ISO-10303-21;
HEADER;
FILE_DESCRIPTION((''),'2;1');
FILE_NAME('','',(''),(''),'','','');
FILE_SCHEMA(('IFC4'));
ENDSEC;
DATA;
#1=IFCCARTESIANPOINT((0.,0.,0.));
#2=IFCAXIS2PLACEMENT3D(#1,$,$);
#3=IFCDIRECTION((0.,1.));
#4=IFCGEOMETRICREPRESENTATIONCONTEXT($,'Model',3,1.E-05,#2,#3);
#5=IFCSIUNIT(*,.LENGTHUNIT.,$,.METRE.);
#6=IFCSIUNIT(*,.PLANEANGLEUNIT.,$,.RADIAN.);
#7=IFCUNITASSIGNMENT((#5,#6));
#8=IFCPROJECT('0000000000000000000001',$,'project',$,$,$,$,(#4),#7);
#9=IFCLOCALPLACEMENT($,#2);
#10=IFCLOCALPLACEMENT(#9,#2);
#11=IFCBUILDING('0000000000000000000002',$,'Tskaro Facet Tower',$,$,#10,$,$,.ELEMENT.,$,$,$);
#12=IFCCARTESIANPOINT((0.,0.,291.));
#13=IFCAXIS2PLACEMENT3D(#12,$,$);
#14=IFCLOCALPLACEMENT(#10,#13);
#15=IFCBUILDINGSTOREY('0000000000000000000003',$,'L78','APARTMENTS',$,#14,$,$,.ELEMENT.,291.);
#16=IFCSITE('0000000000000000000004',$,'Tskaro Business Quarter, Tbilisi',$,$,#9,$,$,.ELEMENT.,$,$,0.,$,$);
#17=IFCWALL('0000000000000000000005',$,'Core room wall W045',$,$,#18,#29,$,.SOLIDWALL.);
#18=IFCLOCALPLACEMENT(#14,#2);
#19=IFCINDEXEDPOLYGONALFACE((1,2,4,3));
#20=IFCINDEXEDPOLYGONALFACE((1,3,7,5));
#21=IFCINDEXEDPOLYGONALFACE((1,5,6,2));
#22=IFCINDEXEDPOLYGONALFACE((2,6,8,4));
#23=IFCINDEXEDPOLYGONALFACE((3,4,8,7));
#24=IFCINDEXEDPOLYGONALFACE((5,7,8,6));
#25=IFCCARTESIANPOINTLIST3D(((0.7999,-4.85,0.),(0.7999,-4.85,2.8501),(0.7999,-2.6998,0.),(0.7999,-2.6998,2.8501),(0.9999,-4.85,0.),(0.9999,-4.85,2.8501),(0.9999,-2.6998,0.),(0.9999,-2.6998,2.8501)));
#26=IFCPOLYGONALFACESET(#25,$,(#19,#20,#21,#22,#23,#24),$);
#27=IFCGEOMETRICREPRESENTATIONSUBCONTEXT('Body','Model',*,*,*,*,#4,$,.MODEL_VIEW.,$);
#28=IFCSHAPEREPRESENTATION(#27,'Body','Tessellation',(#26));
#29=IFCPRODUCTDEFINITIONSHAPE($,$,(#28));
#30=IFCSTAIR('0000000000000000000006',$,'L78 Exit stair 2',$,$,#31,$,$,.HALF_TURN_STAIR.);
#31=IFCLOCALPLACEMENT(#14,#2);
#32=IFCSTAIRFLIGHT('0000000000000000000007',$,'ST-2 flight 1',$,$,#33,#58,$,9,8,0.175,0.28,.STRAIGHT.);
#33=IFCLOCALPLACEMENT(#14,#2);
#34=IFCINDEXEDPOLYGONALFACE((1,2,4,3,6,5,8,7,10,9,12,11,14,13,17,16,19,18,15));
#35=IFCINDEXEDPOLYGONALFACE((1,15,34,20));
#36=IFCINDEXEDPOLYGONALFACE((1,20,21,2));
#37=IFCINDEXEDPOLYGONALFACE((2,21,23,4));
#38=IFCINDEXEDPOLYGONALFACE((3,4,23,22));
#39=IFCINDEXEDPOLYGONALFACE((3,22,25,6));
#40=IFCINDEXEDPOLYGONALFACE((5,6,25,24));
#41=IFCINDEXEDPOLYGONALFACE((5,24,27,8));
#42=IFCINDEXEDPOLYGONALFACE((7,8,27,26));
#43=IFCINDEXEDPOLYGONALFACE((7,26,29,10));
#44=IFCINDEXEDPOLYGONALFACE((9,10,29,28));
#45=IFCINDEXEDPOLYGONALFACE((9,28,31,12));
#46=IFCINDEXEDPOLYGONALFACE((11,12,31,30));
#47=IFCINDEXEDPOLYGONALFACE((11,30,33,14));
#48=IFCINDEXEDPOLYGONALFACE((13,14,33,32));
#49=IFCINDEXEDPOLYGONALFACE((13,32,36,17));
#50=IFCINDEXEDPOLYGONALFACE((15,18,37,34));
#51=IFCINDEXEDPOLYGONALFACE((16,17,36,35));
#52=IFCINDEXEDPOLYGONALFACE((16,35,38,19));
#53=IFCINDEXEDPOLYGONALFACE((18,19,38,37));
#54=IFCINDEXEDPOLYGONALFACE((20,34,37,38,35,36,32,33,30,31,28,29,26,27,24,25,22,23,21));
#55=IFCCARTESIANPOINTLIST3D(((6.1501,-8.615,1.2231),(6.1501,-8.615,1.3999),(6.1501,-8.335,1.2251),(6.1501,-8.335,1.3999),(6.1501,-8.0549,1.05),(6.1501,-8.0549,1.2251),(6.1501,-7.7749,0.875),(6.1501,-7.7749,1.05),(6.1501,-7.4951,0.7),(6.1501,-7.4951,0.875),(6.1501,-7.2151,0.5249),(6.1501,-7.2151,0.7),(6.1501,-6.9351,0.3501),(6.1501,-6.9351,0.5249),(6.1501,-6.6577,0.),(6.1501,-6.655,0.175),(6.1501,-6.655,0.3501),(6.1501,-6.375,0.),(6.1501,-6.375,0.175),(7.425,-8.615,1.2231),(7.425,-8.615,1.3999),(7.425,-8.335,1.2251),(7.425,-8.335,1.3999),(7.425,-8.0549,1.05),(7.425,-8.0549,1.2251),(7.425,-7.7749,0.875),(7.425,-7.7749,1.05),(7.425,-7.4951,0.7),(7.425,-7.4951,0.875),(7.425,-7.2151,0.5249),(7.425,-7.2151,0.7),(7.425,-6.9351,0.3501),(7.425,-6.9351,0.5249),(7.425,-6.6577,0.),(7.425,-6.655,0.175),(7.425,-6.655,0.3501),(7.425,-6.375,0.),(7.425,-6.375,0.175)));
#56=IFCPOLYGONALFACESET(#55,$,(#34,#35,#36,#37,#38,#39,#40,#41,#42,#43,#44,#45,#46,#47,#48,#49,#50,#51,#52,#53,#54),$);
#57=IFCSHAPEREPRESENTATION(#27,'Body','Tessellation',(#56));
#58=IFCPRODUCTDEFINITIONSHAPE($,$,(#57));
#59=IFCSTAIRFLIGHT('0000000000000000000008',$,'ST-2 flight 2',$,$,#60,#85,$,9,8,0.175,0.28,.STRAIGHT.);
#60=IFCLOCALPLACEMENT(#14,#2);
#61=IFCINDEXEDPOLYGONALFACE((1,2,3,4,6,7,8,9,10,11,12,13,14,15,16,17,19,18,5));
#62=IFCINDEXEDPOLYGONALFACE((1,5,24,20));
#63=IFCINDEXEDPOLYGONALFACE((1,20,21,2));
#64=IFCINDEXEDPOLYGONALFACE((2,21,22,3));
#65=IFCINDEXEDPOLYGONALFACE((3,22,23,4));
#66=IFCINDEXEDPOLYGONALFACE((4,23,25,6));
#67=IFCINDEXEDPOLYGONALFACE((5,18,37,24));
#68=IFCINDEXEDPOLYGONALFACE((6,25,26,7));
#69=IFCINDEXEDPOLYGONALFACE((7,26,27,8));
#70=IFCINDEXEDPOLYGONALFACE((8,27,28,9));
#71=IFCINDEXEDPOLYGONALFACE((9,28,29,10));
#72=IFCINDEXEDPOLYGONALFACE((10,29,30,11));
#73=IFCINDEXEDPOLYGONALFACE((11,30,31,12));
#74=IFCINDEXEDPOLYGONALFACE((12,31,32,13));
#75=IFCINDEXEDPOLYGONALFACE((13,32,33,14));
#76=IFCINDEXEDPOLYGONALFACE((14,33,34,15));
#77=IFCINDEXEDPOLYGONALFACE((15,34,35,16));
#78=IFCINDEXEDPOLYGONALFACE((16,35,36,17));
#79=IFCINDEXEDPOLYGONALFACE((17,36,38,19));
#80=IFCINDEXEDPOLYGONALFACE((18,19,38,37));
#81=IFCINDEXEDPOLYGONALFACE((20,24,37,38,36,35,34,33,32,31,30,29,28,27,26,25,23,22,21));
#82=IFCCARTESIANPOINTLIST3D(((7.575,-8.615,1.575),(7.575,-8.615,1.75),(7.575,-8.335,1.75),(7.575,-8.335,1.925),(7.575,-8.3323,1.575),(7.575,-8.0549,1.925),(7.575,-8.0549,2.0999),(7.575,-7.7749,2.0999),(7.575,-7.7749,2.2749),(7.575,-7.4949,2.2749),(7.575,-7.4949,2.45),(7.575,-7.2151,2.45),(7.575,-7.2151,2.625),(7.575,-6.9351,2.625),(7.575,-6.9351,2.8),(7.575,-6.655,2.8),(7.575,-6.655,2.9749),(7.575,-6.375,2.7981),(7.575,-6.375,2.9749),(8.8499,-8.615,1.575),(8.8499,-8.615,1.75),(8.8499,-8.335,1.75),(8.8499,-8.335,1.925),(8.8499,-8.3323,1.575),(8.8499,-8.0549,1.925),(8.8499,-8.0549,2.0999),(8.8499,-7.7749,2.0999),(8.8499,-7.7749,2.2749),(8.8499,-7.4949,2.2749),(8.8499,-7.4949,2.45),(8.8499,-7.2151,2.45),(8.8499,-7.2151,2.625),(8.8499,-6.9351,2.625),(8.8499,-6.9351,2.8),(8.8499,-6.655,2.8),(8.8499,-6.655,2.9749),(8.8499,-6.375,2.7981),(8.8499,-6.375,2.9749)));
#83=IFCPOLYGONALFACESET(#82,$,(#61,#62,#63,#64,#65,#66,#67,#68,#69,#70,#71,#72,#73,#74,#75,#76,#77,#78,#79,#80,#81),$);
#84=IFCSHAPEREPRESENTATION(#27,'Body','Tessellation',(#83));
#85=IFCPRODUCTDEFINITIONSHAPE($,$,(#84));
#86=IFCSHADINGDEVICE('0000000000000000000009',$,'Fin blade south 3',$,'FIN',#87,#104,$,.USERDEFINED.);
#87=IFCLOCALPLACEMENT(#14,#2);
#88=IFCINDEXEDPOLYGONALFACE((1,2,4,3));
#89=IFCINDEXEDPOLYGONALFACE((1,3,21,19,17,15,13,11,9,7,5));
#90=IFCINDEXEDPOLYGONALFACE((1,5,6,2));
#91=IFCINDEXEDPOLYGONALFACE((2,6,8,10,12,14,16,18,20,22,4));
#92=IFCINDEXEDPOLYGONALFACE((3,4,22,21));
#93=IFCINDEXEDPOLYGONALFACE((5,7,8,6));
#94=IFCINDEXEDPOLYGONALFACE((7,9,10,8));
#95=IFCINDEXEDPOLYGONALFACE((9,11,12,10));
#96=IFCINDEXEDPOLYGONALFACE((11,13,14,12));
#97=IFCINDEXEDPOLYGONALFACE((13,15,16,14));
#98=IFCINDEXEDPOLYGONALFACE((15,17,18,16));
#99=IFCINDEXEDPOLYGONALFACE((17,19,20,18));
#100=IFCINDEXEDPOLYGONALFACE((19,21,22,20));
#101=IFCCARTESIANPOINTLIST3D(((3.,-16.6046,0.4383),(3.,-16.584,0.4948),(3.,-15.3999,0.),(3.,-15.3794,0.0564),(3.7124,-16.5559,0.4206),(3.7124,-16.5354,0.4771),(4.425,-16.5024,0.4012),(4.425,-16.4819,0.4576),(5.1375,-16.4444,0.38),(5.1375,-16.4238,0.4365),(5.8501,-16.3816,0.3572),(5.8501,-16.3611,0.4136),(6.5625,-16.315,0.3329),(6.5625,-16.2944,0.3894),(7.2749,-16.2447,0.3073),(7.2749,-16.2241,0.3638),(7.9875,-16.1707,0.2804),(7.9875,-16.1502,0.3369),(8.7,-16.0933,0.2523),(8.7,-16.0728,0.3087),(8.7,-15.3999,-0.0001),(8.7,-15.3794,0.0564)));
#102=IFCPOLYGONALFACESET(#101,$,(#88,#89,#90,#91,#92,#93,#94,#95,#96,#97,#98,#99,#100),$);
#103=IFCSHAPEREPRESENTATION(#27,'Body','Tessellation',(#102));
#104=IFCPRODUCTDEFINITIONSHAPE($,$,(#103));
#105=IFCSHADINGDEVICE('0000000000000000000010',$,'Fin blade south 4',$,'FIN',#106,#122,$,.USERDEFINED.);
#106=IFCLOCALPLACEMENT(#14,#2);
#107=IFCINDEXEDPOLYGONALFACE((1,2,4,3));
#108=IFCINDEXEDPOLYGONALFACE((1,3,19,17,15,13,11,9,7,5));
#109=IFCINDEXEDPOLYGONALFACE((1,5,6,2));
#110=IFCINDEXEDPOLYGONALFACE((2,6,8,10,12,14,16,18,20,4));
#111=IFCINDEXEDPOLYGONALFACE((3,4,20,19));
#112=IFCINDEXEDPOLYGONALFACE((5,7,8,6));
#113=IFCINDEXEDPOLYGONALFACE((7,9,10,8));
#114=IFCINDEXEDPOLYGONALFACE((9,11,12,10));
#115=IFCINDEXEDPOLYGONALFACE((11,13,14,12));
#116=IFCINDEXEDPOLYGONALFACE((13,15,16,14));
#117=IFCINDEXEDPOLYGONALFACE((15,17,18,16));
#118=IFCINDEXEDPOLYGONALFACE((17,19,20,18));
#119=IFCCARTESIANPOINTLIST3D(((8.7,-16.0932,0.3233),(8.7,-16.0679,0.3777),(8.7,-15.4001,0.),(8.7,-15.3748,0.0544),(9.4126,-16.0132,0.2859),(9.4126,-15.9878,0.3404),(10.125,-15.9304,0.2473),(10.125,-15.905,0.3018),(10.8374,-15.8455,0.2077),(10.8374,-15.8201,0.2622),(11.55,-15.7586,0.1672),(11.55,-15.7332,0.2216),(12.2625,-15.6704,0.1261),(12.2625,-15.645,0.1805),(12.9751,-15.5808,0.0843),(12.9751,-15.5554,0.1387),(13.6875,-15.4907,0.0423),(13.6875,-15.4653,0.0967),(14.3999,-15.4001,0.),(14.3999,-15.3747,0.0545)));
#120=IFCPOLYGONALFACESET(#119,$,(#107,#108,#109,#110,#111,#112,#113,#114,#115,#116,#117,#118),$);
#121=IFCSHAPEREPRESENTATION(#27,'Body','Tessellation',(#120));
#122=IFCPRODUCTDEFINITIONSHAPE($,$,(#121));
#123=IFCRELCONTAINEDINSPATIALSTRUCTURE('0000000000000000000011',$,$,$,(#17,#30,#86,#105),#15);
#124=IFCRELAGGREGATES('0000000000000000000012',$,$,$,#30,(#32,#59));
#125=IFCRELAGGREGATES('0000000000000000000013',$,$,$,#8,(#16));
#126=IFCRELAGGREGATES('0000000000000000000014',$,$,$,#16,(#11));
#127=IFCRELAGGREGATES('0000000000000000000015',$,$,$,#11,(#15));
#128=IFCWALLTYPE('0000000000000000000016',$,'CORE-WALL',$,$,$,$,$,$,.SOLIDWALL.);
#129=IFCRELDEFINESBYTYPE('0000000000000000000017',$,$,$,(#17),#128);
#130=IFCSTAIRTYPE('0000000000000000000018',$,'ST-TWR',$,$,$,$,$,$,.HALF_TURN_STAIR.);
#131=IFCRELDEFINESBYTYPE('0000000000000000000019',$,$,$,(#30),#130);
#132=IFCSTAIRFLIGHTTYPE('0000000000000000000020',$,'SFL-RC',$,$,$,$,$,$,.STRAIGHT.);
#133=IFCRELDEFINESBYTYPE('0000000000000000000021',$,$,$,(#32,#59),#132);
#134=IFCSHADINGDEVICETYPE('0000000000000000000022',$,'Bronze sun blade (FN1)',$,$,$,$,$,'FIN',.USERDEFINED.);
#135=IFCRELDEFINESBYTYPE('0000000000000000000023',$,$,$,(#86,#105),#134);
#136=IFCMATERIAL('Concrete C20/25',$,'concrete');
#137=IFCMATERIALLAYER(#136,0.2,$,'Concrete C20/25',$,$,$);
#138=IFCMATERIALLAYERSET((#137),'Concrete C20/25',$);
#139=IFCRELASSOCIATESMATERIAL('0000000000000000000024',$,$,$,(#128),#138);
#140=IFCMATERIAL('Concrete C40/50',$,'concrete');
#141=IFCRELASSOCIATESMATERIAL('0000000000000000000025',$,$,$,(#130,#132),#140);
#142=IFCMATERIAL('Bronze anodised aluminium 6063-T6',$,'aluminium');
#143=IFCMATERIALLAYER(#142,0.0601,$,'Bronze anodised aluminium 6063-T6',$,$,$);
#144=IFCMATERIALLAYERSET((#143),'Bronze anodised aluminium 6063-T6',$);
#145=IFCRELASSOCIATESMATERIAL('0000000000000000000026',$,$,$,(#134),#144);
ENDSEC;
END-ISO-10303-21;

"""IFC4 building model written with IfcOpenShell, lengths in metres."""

from ifc_helpers import new_model, si_unit, direction, frame, frame_2d, origin, place, context, subcontext, project, spatial, polyline, rectangle, outline, extrude, material, layer, layer_set, type_object, element, aggregate, save


model = new_model("IFC4")

# Units and contexts
model_context = context("Model", 3, precision=1e-05, world=origin(), true_north=direction((0.0, 1.0)))
body_context = subcontext(model_context, "Body", "Model", "MODEL_VIEW")
ifc_project = project(units=[si_unit("LENGTHUNIT", "METRE"), si_unit("PLANEANGLEUNIT", "RADIAN")], contexts=[model_context])

# Site, building, storey
site_placement = place(None, origin())
site = spatial("IfcSite", under=ifc_project, at=site_placement, Name="Tskaro Business Quarter, Tbilisi", CompositionType="ELEMENT", RefElevation=0.0)
building_placement = place(site_placement, origin())
building = spatial("IfcBuilding", under=site, at=building_placement, Name="Tskaro Facet Tower", CompositionType="ELEMENT")
storey_placement = place(building_placement, frame((0.0, 0.0, 291.0)))
storey = spatial("IfcBuildingStorey", under=building, at=storey_placement, Name="L78", Description="APARTMENTS", CompositionType="ELEMENT", Elevation=291.0)

# Shared definitions
ifc_material_1 = material(Name="Bronze anodised aluminium 6063-T6", Category="aluminium")

# Wall
ifc_material_2 = material(Name="Concrete C20/25", Category="concrete")
ifc_layer_1 = layer(ifc_material_2, 0.2, Name="Concrete C20/25")
ifc_layer_set_1 = layer_set([ifc_layer_1], Name="Concrete C20/25")
wall_type_1 = type_object("IfcWallType", Name="CORE-WALL", PredefinedType="SOLIDWALL", material=ifc_layer_set_1)
wall_1_placement = place(storey_placement, frame((0.8999, -4.8501, 0.0), z_axis=(0.0, 0.0, 1.0), x_axis=(0.0, 1.0, 0.0)))
element("IfcWall", 1, at=wall_1_placement, inside=storey, type_object=wall_type_1, Name="Core room wall W045", PredefinedType="SOLIDWALL", context=body_context, shape_type="SweptSolid", body=[
    extrude(rectangle(XDim=2.1501, YDim=0.2, at=frame_2d((1.0752, 0.0))), origin(), (0.0, 0.0, 1.0), 2.8501),
])

# Stair, stair flights
ifc_material_3 = material(Name="Concrete C40/50", Category="concrete")
stair_type = type_object("IfcStairType", Name="ST-TWR", PredefinedType="HALF_TURN_STAIR", material=ifc_material_3)
stair_placement = place(storey_placement, origin())
stair = element("IfcStair", 2, at=stair_placement, inside=storey, type_object=stair_type, Name="L78 Exit stair 2", PredefinedType="HALF_TURN_STAIR")
stair_flight_type = type_object("IfcStairFlightType", Name="SFL-RC", PredefinedType="STRAIGHT", material=ifc_material_3)
stair_flight_1_placement = place(storey_placement, frame((6.7876, -6.375, 0.0), z_axis=(0.0, 0.0, 1.0), x_axis=(0.0, -1.0, 0.0)))
stair_flight_1 = element("IfcStairFlight", 3, at=stair_flight_1_placement, type_object=stair_flight_type, Name="ST-2 flight 1", NumberOfRisers=9, NumberOfTreads=8, PredefinedType="STRAIGHT", RiserHeight=0.175, TreadLength=0.28, context=body_context, shape_type="SweptSolid", body=[
    extrude(outline(polyline([(0.0, 0.0), (0.0, 0.175), (0.28, 0.175), (0.28, 0.3501), (0.5601, 0.3501), (0.5601, 0.5249), (0.8401, 0.5249), (0.8401, 0.7), (1.1201, 0.7), (1.1201, 0.875), (1.3999, 0.875), (1.3999, 1.05), (1.6799, 1.05), (1.6799, 1.2251), (1.96, 1.2251), (1.96, 1.3999), (2.24, 1.3999), (2.24, 1.575), (2.24, 1.2231), (0.2827, 0.0), (0.0, 0.0)])), frame((0.0, 0.6375, 0.0), z_axis=(0.0, -1.0, 0.0), x_axis=(1.0, 0.0, 0.0)), (0.0, 0.0, 1.0), 1.2749),
])
stair_flight_2_placement = place(storey_placement, frame((8.2124, -8.615, 1.575), z_axis=(0.0, 0.0, 1.0), x_axis=(0.0, 1.0, 0.0)))
stair_flight_2 = element("IfcStairFlight", 4, at=stair_flight_2_placement, type_object=stair_flight_type, Name="ST-2 flight 2", NumberOfRisers=9, NumberOfTreads=8, PredefinedType="STRAIGHT", RiserHeight=0.175, TreadLength=0.28, context=body_context, shape_type="SweptSolid", body=[
    extrude(outline(polyline([(0.0, 0.0), (0.0, 0.175), (0.28, 0.175), (0.28, 0.3501), (0.5601, 0.3501), (0.5601, 0.5249), (0.8401, 0.5249), (0.8401, 0.7), (1.1201, 0.7), (1.1201, 0.875), (1.3999, 0.875), (1.3999, 1.05), (1.6799, 1.05), (1.6799, 1.2251), (1.96, 1.2251), (1.96, 1.3999), (2.24, 1.3999), (2.24, 1.575), (2.24, 1.2231), (0.2827, 0.0), (0.0, 0.0)])), frame((0.0, 0.6375, 0.0), z_axis=(0.0, -1.0, 0.0), x_axis=(1.0, 0.0, 0.0)), (0.0, 0.0, 1.0), 1.2749),
])
aggregate(stair, [stair_flight_1, stair_flight_2])

# Shading devices
ifc_layer_2 = layer(ifc_material_1, 0.0601, Name="Bronze anodised aluminium 6063-T6")
ifc_layer_set_2 = layer_set([ifc_layer_2], Name="Bronze anodised aluminium 6063-T6")
shading_device_type = type_object("IfcShadingDeviceType", Name="Bronze sun blade (FN1)", ElementType="FIN", PredefinedType="USERDEFINED", material=ifc_layer_set_2)
shading_device_1_placement = place(storey_placement, frame((3.0, -15.3794, 0.0564), z_axis=(0.000005, 0.341968, 0.939711), x_axis=(1.0, -0.000002, -0.000004)))
element("IfcShadingDevice", 5, at=shading_device_1_placement, inside=storey, type_object=shading_device_type, Name="Fin blade south 3", ObjectType="FIN", PredefinedType="USERDEFINED", context=body_context, shape_type="SweptSolid", body=[
    extrude(outline(polyline([(0.0, 0.0), (5.7, 0.0), (5.7, -0.7379), (4.9875, -0.8202), (4.2749, -0.8989), (3.5625, -0.9738), (2.8501, -1.0446), (2.1375, -1.1115), (1.425, -1.1732), (0.7124, -1.2302), (0.0, -1.2819), (0.0, 0.0)])), origin(), (0.0, 0.0, -1.0), 0.0601),
])
shading_device_2_placement = place(storey_placement, frame((8.7, -15.3748, 0.0544), z_axis=(-0.000003, 0.422683, 0.906278), x_axis=(1.0, 0.000001, 0.000003)))
element("IfcShadingDevice", 6, at=shading_device_2_placement, inside=storey, type_object=shading_device_type, Name="Fin blade south 4", ObjectType="FIN", PredefinedType="USERDEFINED", context=body_context, shape_type="SweptSolid", body=[
    extrude(outline(polyline([(0.0, 0.0), (5.7, 0.0), (4.9875, -0.0999), (4.2751, -0.1993), (3.5625, -0.2982), (2.8501, -0.3955), (2.1375, -0.4914), (1.425, -0.5851), (0.7126, -0.6764), (0.0, -0.7648), (0.0, 0.0)])), origin(), (0.0, 0.0, -1.0), 0.0601),
])

save(model, "model.ifc")
